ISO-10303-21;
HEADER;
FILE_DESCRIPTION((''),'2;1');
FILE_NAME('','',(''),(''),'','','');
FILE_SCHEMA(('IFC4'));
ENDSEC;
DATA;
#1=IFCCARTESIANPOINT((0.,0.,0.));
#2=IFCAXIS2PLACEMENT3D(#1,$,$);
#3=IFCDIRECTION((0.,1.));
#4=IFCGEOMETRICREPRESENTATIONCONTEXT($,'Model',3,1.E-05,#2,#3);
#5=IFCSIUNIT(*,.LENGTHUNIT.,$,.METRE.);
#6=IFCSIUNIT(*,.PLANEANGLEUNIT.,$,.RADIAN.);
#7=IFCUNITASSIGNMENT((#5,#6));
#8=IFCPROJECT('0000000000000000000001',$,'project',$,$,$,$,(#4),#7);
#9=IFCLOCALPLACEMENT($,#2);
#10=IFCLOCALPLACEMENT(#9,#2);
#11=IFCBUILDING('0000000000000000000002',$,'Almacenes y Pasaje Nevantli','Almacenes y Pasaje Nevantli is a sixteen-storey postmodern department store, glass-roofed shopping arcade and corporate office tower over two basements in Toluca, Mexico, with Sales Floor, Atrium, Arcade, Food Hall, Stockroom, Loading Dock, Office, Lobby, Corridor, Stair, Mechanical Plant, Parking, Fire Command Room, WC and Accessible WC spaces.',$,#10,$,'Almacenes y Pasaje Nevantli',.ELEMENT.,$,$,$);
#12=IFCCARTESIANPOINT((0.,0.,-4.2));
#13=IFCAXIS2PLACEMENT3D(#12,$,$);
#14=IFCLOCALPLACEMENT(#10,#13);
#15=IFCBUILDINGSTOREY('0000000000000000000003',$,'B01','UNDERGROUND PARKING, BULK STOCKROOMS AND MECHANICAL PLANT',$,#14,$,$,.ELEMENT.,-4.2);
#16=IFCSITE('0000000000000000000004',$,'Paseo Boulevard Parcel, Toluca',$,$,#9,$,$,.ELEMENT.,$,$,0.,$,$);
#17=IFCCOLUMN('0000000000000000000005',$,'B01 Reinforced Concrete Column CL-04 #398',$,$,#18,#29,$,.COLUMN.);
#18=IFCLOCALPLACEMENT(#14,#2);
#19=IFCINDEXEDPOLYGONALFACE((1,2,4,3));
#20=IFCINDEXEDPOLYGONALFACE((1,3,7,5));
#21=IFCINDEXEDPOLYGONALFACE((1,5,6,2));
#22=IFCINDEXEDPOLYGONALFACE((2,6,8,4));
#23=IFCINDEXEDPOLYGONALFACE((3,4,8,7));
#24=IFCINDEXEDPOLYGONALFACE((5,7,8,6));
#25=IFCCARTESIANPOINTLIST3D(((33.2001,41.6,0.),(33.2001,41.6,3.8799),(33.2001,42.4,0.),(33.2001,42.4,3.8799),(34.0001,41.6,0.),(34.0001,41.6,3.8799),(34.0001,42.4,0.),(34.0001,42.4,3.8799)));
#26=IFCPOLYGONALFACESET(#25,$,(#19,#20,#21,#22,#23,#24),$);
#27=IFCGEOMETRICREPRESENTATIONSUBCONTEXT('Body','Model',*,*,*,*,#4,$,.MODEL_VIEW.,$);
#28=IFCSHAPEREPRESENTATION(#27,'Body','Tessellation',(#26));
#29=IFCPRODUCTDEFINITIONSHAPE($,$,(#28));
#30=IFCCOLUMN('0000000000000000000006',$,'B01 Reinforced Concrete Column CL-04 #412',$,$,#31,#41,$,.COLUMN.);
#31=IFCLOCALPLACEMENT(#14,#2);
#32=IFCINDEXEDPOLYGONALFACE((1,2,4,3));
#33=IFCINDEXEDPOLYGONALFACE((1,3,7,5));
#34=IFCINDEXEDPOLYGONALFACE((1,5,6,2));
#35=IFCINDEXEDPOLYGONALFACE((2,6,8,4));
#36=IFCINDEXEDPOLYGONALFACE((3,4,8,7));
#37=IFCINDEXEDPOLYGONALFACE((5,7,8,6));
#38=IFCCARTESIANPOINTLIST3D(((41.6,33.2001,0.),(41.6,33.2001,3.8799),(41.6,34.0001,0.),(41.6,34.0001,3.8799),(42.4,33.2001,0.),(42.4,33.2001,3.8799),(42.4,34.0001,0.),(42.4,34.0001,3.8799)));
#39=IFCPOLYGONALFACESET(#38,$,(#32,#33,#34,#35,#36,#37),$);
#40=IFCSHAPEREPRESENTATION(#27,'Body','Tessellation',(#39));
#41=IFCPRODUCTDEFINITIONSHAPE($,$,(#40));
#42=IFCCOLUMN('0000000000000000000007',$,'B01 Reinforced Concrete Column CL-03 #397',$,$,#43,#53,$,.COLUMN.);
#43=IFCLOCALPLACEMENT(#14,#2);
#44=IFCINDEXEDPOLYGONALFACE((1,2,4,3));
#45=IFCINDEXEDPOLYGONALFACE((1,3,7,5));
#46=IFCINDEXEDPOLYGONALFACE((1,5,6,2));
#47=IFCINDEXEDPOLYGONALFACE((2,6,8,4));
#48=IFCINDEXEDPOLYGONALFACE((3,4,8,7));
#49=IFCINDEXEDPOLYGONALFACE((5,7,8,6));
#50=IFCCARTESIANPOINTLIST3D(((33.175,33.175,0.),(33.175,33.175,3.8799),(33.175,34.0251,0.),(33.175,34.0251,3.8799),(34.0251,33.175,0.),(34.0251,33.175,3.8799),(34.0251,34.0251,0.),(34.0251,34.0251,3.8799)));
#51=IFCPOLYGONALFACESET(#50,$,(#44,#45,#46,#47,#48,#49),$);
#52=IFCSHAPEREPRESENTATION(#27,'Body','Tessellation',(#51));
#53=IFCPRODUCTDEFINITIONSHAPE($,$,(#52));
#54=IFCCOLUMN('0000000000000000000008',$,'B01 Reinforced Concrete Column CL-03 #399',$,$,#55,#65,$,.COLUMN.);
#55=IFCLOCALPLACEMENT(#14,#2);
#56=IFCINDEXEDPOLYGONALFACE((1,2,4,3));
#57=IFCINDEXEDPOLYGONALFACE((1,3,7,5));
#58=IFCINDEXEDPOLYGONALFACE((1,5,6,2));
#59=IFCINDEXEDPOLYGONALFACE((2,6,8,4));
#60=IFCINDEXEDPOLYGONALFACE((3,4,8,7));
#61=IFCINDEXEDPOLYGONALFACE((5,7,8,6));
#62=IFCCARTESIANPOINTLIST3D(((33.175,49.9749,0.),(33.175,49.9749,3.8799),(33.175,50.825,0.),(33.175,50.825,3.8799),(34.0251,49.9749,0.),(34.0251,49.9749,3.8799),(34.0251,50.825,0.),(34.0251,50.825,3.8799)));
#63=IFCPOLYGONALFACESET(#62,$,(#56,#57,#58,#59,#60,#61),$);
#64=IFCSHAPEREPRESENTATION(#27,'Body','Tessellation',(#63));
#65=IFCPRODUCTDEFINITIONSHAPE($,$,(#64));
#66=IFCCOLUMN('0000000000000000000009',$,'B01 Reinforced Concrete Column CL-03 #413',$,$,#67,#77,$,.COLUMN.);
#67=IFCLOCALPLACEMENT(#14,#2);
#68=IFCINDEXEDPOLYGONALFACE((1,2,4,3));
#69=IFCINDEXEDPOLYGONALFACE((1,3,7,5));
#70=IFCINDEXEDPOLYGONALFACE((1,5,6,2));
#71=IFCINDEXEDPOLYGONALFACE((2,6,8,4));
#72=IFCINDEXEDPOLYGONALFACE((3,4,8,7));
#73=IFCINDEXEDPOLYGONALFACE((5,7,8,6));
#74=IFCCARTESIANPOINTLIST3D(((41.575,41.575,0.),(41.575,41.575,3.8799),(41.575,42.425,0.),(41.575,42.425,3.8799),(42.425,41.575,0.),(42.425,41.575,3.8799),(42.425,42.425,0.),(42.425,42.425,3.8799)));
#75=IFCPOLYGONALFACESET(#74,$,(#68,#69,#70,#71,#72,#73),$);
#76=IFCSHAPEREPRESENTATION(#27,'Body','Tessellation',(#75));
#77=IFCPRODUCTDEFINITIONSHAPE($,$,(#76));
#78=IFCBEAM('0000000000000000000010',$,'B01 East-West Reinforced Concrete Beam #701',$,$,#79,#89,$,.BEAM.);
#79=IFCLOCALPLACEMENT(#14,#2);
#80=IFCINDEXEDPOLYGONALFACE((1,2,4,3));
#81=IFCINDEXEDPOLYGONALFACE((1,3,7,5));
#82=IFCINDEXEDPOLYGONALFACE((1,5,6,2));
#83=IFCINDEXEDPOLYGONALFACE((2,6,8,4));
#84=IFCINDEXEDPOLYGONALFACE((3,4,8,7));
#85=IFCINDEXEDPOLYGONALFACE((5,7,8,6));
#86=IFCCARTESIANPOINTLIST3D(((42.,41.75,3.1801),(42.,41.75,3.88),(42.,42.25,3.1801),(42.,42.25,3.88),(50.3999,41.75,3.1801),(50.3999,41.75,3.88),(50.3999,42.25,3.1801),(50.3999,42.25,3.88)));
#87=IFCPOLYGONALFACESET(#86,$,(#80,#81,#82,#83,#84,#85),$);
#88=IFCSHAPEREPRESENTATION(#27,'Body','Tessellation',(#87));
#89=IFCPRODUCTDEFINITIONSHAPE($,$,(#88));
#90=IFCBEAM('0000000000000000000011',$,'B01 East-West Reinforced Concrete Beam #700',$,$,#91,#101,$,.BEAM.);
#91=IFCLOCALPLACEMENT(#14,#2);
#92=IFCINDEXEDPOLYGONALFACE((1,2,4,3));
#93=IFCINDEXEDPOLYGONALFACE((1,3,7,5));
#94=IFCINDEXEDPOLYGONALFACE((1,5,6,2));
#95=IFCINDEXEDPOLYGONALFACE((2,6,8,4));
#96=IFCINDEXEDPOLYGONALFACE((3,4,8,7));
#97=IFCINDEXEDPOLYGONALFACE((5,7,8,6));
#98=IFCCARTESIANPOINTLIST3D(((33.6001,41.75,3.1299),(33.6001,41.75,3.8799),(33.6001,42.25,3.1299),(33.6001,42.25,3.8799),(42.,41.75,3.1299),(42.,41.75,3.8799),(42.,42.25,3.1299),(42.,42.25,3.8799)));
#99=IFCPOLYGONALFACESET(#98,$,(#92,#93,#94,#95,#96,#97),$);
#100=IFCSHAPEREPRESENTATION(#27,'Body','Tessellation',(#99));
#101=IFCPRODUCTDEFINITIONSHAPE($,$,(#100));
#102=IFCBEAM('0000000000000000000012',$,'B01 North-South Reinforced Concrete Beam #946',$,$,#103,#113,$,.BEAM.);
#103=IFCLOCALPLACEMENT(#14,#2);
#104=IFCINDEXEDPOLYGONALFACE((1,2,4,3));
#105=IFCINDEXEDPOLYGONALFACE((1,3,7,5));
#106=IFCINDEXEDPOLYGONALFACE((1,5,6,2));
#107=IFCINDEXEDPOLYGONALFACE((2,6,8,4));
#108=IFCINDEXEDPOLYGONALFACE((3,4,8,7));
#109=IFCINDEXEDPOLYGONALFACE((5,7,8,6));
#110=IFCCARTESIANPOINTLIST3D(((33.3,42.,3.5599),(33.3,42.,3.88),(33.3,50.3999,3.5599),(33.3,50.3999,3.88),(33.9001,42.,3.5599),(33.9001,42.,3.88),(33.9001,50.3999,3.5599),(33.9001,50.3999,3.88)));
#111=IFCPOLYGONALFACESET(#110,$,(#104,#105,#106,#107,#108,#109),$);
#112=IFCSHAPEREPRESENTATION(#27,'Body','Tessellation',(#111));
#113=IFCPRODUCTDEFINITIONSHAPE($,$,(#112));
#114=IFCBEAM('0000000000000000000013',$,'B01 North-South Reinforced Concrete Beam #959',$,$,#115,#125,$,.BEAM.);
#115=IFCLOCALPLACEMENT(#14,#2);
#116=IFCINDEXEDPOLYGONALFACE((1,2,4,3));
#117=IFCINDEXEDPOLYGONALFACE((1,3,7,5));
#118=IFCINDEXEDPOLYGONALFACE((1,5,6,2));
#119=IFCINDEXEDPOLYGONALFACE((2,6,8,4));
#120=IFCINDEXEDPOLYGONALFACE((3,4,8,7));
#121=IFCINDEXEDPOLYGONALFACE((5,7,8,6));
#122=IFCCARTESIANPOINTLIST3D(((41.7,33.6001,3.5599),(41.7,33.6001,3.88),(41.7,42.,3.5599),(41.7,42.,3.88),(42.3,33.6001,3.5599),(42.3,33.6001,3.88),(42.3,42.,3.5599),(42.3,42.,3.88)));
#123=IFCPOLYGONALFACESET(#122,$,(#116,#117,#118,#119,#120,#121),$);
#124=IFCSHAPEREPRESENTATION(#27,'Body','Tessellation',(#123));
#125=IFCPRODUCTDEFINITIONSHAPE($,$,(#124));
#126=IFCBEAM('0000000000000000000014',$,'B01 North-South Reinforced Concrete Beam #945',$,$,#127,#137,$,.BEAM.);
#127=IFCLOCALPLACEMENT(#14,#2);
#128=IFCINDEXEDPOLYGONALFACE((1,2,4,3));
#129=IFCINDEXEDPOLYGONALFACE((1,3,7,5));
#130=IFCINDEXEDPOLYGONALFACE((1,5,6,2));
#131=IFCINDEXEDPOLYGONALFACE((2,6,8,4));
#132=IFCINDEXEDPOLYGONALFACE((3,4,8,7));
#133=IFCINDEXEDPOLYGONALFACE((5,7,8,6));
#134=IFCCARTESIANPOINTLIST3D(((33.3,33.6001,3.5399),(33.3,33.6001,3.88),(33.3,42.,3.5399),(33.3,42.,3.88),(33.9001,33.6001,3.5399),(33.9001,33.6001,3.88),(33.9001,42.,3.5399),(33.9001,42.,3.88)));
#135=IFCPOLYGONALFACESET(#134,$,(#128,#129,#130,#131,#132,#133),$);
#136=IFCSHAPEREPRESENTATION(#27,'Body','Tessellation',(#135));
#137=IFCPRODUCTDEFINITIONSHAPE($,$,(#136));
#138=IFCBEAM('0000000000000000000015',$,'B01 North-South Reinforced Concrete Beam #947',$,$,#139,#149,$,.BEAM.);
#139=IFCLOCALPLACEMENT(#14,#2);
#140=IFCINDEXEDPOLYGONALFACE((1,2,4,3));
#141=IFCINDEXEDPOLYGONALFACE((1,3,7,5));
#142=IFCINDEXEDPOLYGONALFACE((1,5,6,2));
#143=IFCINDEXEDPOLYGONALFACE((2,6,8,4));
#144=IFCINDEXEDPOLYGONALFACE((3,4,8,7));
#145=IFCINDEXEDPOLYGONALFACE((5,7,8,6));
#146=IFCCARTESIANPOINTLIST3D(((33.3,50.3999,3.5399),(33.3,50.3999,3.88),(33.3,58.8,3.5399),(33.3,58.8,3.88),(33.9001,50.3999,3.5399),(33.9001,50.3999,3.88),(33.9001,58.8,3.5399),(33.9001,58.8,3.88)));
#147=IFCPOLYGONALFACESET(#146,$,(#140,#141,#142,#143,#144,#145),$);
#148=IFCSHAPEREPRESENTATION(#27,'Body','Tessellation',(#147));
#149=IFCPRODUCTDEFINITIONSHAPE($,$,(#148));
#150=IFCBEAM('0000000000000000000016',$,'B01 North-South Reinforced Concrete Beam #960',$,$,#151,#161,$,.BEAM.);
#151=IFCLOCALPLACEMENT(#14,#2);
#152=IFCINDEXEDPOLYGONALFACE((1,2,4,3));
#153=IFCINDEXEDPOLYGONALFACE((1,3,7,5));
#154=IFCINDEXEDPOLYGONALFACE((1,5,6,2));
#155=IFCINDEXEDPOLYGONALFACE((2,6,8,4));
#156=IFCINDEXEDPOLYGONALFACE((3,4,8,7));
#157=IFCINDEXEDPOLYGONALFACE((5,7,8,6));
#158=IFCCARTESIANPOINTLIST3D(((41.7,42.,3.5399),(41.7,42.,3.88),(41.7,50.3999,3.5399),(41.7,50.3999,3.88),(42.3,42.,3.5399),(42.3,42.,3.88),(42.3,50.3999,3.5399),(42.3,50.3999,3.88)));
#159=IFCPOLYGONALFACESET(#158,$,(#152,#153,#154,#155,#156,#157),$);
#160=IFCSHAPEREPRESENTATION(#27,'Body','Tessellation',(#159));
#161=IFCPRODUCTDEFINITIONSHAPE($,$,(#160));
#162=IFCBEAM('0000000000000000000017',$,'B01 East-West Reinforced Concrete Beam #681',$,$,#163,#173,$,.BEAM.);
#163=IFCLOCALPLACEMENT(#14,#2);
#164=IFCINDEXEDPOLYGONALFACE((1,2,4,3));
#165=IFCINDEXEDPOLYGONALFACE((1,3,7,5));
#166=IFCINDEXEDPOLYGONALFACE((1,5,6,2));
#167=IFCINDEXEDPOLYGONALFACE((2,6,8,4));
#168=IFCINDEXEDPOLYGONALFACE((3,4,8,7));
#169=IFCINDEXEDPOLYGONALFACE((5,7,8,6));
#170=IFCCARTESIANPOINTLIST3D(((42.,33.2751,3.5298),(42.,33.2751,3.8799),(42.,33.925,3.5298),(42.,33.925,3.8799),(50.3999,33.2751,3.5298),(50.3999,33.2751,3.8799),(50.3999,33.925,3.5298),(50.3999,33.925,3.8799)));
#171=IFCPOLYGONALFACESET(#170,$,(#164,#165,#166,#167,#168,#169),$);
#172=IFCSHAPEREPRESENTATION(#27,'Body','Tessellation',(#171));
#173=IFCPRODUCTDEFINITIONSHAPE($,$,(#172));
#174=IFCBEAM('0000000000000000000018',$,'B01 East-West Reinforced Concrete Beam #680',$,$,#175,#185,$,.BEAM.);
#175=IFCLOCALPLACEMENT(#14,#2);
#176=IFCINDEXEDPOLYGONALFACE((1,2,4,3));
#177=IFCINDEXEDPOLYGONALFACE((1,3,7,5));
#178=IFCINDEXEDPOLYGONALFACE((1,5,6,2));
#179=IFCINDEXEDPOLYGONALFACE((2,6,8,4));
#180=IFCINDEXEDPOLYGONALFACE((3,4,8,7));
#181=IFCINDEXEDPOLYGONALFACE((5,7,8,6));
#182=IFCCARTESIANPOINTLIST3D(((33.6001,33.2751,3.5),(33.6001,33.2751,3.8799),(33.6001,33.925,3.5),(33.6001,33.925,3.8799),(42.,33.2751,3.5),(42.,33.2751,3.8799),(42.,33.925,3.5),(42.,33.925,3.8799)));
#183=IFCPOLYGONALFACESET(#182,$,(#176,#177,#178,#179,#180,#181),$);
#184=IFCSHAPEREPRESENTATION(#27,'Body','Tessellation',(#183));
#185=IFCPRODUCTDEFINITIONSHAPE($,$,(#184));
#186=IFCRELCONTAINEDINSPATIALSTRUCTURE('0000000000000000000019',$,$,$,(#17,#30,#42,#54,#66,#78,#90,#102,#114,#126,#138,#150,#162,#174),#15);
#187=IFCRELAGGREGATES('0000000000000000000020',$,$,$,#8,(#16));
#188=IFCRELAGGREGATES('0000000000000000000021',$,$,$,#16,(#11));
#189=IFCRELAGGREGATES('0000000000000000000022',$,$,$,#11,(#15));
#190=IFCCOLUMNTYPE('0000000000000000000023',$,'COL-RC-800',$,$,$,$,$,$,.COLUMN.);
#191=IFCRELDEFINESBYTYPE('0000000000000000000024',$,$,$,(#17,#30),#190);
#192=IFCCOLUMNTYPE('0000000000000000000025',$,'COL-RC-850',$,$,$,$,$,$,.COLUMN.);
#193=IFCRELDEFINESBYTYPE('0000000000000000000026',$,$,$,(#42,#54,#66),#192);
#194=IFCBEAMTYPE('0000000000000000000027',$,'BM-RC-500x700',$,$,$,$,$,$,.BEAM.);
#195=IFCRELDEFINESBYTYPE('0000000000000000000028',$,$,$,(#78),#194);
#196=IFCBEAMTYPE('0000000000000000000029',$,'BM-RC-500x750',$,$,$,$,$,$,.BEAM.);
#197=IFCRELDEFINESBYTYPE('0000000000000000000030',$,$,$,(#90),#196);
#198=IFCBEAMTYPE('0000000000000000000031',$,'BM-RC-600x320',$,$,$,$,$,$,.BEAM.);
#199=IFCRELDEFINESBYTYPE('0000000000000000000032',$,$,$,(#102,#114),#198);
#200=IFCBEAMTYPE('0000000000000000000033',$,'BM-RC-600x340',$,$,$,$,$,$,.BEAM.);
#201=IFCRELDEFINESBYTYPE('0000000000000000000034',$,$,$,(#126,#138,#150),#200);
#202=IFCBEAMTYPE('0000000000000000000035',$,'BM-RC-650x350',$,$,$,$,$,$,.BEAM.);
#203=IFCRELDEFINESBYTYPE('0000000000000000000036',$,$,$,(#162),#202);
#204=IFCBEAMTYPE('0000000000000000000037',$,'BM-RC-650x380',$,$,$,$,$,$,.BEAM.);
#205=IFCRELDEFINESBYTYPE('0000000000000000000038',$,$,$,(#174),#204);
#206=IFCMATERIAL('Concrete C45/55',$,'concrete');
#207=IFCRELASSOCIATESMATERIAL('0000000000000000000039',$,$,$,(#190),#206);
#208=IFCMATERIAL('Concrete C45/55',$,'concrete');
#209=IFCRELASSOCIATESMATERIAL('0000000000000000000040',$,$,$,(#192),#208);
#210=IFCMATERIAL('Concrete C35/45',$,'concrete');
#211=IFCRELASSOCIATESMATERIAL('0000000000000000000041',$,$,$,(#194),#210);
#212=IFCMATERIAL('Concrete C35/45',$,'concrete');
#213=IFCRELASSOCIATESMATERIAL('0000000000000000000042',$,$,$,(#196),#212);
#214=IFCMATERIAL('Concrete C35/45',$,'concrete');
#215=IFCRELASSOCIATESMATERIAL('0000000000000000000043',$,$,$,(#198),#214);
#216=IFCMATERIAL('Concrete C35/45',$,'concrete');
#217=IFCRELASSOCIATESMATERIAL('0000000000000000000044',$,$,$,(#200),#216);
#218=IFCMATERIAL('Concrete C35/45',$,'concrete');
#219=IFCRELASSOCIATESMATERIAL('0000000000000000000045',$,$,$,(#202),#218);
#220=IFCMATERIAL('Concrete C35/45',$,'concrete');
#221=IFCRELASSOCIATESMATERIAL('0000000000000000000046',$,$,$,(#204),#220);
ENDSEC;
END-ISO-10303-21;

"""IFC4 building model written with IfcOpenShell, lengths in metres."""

from ifc_helpers import new_model, si_unit, direction, frame, origin, origin_2d, place, context, subcontext, project, spatial, rectangle, extrude, material, material_profile, profile_set, type_object, element, save


model = new_model("IFC4")

# Units and contexts
model_context = context("Model", 3, precision=1e-05, world=origin(), true_north=direction((0.0, 1.0)))
body_context = subcontext(model_context, "Body", "Model", "MODEL_VIEW")
ifc_project = project(units=[si_unit("LENGTHUNIT", "METRE"), si_unit("PLANEANGLEUNIT", "RADIAN")], contexts=[model_context])

# Site, building, storey
site_placement = place(None, origin())
site = spatial("IfcSite", under=ifc_project, at=site_placement, Name="Paseo Boulevard Parcel, Toluca", CompositionType="ELEMENT", RefElevation=0.0)
building_placement = place(site_placement, origin())
building = spatial("IfcBuilding", under=site, at=building_placement, Name="Almacenes y Pasaje Nevantli", Description="Almacenes y Pasaje Nevantli is a sixteen-storey postmodern department store, glass-roofed shopping arcade and corporate office tower over two basements in Toluca, Mexico, with Sales Floor, Atrium, Arcade, Food Hall, Stockroom, Loading Dock, Office, Lobby, Corridor, Stair, Mechanical Plant, Parking, Fire Command Room, WC and Accessible WC spaces.", LongName="Almacenes y Pasaje Nevantli", CompositionType="ELEMENT")
storey_placement = place(building_placement, frame((0.0, 0.0, -4.2)))
storey = spatial("IfcBuildingStorey", under=building, at=storey_placement, Name="B01", Description="UNDERGROUND PARKING, BULK STOCKROOMS AND MECHANICAL PLANT", CompositionType="ELEMENT", Elevation=-4.2)

# Columns
ifc_material_1 = material(Name="Concrete C45/55", Category="concrete")
ifc_material_profile_1 = material_profile(ifc_material_1, rectangle(XDim=0.8, YDim=0.8, at=origin_2d()), Name="RC-COL-800x800")
ifc_profile_set_1 = profile_set([ifc_material_profile_1], Name="Concrete C45/55")
column_type_1 = type_object("IfcColumnType", Name="COL-RC-800", PredefinedType="COLUMN", material=ifc_profile_set_1)
for number, where, z_axis, x_axis, name in (
    (1, (33.6001, 42.0, 0.0), (0.0, 0.0, 1.0), (1.0, 0.0, 0.0), "B01 Reinforced Concrete Column CL-04 #398"),
    (2, (42.0, 33.6001, 0.0), (0.0, 0.0, 1.0), (1.0, 0.0, 0.0), "B01 Reinforced Concrete Column CL-04 #412"),
):
    element("IfcColumn", number, at=place(storey_placement, frame(where, z_axis=z_axis, x_axis=x_axis)), inside=storey, type_object=column_type_1, Name=name, PredefinedType="COLUMN", context=body_context, shape_type="SweptSolid", body=[
        extrude(rectangle(XDim=0.8, YDim=0.8, at=origin_2d()), origin(), (0.0, 0.0, 1.0), 3.8799),
    ])
ifc_material_2 = material(Name="Concrete C45/55", Category="concrete")
ifc_material_profile_2 = material_profile(ifc_material_2, rectangle(XDim=0.8501, YDim=0.8501, at=origin_2d()), Name="RC-COL-850x850")
ifc_profile_set_2 = profile_set([ifc_material_profile_2], Name="Concrete C45/55")
column_type_2 = type_object("IfcColumnType", Name="COL-RC-850", PredefinedType="COLUMN", material=ifc_profile_set_2)
for number, where, z_axis, x_axis, name in (
    (3, (33.6001, 33.6001, 0.0), (0.0, 0.0, 1.0), (1.0, 0.0, 0.0), "B01 Reinforced Concrete Column CL-03 #397"),
    (4, (33.6001, 50.3999, 0.0), (0.0, 0.0, 1.0), (1.0, 0.0, 0.0), "B01 Reinforced Concrete Column CL-03 #399"),
    (5, (42.0, 42.0, 0.0), (0.0, 0.0, 1.0), (1.0, 0.0, 0.0), "B01 Reinforced Concrete Column CL-03 #413"),
):
    element("IfcColumn", number, at=place(storey_placement, frame(where, z_axis=z_axis, x_axis=x_axis)), inside=storey, type_object=column_type_2, Name=name, PredefinedType="COLUMN", context=body_context, shape_type="SweptSolid", body=[
        extrude(rectangle(XDim=0.8501, YDim=0.8501, at=origin_2d()), origin(), (0.0, 0.0, 1.0), 3.8799),
    ])

# Beams
ifc_material_3 = material(Name="Concrete C35/45", Category="concrete")
ifc_material_profile_3 = material_profile(ifc_material_3, rectangle(XDim=0.5, YDim=0.7, at=origin_2d()), Name="RC-BM-500x700")
ifc_profile_set_3 = profile_set([ifc_material_profile_3], Name="Concrete C35/45")
beam_type_1 = type_object("IfcBeamType", Name="BM-RC-500x700", PredefinedType="BEAM", material=ifc_profile_set_3)
beam_1_placement = place(storey_placement, frame((42.0, 42.0, 3.53), z_axis=(1.0, 0.0, 0.0), x_axis=(0.0, 1.0, 0.0)))
element("IfcBeam", 6, at=beam_1_placement, inside=storey, type_object=beam_type_1, Name="B01 East-West Reinforced Concrete Beam #701", PredefinedType="BEAM", context=body_context, shape_type="SweptSolid", body=[
    extrude(rectangle(XDim=0.5, YDim=0.7, at=origin_2d()), origin(), (0.0, 0.0, 1.0), 8.3999),
])
ifc_material_4 = material(Name="Concrete C35/45", Category="concrete")
ifc_material_profile_4 = material_profile(ifc_material_4, rectangle(XDim=0.5, YDim=0.75, at=origin_2d()), Name="RC-BM-500x750")
ifc_profile_set_4 = profile_set([ifc_material_profile_4], Name="Concrete C35/45")
beam_type_2 = type_object("IfcBeamType", Name="BM-RC-500x750", PredefinedType="BEAM", material=ifc_profile_set_4)
beam_2_placement = place(storey_placement, frame((33.6001, 42.0, 3.5049), z_axis=(1.0, 0.0, 0.0), x_axis=(0.0, 1.0, 0.0)))
element("IfcBeam", 7, at=beam_2_placement, inside=storey, type_object=beam_type_2, Name="B01 East-West Reinforced Concrete Beam #700", PredefinedType="BEAM", context=body_context, shape_type="SweptSolid", body=[
    extrude(rectangle(XDim=0.5, YDim=0.75, at=origin_2d()), origin(), (0.0, 0.0, 1.0), 8.3999),
])
ifc_material_5 = material(Name="Concrete C35/45", Category="concrete")
ifc_material_profile_5 = material_profile(ifc_material_5, rectangle(XDim=0.6001, YDim=0.3201, at=origin_2d()), Name="RC-BM-600x320")
ifc_profile_set_5 = profile_set([ifc_material_profile_5], Name="Concrete C35/45")
beam_type_3 = type_object("IfcBeamType", Name="BM-RC-600x320", PredefinedType="BEAM", material=ifc_profile_set_5)
for number, where, z_axis, x_axis, name in (
    (8, (33.6001, 42.0, 3.72), (0.0, 1.0, 0.0), (-1.0, 0.0, 0.0), "B01 North-South Reinforced Concrete Beam #946"),
    (9, (42.0, 33.6001, 3.72), (0.0, 1.0, 0.0), (-1.0, 0.0, 0.0), "B01 North-South Reinforced Concrete Beam #959"),
):
    element("IfcBeam", number, at=place(storey_placement, frame(where, z_axis=z_axis, x_axis=x_axis)), inside=storey, type_object=beam_type_3, Name=name, PredefinedType="BEAM", context=body_context, shape_type="SweptSolid", body=[
        extrude(rectangle(XDim=0.6001, YDim=0.3201, at=origin_2d()), origin(), (0.0, 0.0, 1.0), 8.3999),
    ])
ifc_material_6 = material(Name="Concrete C35/45", Category="concrete")
ifc_material_profile_6 = material_profile(ifc_material_6, rectangle(XDim=0.6001, YDim=0.3401, at=origin_2d()), Name="RC-BM-600x340")
ifc_profile_set_6 = profile_set([ifc_material_profile_6], Name="Concrete C35/45")
beam_type_4 = type_object("IfcBeamType", Name="BM-RC-600x340", PredefinedType="BEAM", material=ifc_profile_set_6)
beam_3_placement = place(storey_placement, frame((33.6001, 33.6001, 3.71), z_axis=(0.0, 1.0, 0.0), x_axis=(-1.0, 0.0, 0.0)))
element("IfcBeam", 10, at=beam_3_placement, inside=storey, type_object=beam_type_4, Name="B01 North-South Reinforced Concrete Beam #945", PredefinedType="BEAM", context=body_context, shape_type="SweptSolid", body=[
    extrude(rectangle(XDim=0.6001, YDim=0.3401, at=origin_2d()), origin(), (0.0, 0.0, 1.0), 8.3999),
])
beam_4_placement = place(storey_placement, frame((33.6001, 50.3999, 3.71), z_axis=(0.0, 1.0, 0.0), x_axis=(-1.0, 0.0, 0.0)))
element("IfcBeam", 11, at=beam_4_placement, inside=storey, type_object=beam_type_4, Name="B01 North-South Reinforced Concrete Beam #947", PredefinedType="BEAM", context=body_context, shape_type="SweptSolid", body=[
    extrude(rectangle(XDim=0.6001, YDim=0.3401, at=origin_2d()), origin(), (0.0, 0.0, 1.0), 8.4001),
])
beam_5_placement = place(storey_placement, frame((42.0, 42.0, 3.71), z_axis=(0.0, 1.0, 0.0), x_axis=(-1.0, 0.0, 0.0)))
element("IfcBeam", 12, at=beam_5_placement, inside=storey, type_object=beam_type_4, Name="B01 North-South Reinforced Concrete Beam #960", PredefinedType="BEAM", context=body_context, shape_type="SweptSolid", body=[
    extrude(rectangle(XDim=0.6001, YDim=0.3401, at=origin_2d()), origin(), (0.0, 0.0, 1.0), 8.3999),
])
ifc_material_7 = material(Name="Concrete C35/45", Category="concrete")
ifc_material_profile_7 = material_profile(ifc_material_7, rectangle(XDim=0.6499, YDim=0.3501, at=origin_2d()), Name="RC-BM-650x350")
ifc_profile_set_7 = profile_set([ifc_material_profile_7], Name="Concrete C35/45")
beam_type_5 = type_object("IfcBeamType", Name="BM-RC-650x350", PredefinedType="BEAM", material=ifc_profile_set_7)
beam_6_placement = place(storey_placement, frame((42.0, 33.6001, 3.7048), z_axis=(1.0, 0.0, 0.0), x_axis=(0.0, 1.0, 0.0)))
element("IfcBeam", 13, at=beam_6_placement, inside=storey, type_object=beam_type_5, Name="B01 East-West Reinforced Concrete Beam #681", PredefinedType="BEAM", context=body_context, shape_type="SweptSolid", body=[
    extrude(rectangle(XDim=0.6499, YDim=0.3501, at=origin_2d()), origin(), (0.0, 0.0, 1.0), 8.3999),
])
ifc_material_8 = material(Name="Concrete C35/45", Category="concrete")
ifc_material_profile_8 = material_profile(ifc_material_8, rectangle(XDim=0.6499, YDim=0.3799, at=origin_2d()), Name="RC-BM-650x380")
ifc_profile_set_8 = profile_set([ifc_material_profile_8], Name="Concrete C35/45")
beam_type_6 = type_object("IfcBeamType", Name="BM-RC-650x380", PredefinedType="BEAM", material=ifc_profile_set_8)
for number, where, z_axis, x_axis, name in (
    (14, (33.6001, 33.6001, 3.6899), (1.0, 0.0, 0.0), (0.0, 1.0, 0.0), "B01 East-West Reinforced Concrete Beam #680"),
):
    element("IfcBeam", number, at=place(storey_placement, frame(where, z_axis=z_axis, x_axis=x_axis)), inside=storey, type_object=beam_type_6, Name=name, PredefinedType="BEAM", context=body_context, shape_type="SweptSolid", body=[
        extrude(rectangle(XDim=0.6499, YDim=0.3799, at=origin_2d()), origin(), (0.0, 0.0, 1.0), 8.3999),
    ])

save(model, "model.ifc")
